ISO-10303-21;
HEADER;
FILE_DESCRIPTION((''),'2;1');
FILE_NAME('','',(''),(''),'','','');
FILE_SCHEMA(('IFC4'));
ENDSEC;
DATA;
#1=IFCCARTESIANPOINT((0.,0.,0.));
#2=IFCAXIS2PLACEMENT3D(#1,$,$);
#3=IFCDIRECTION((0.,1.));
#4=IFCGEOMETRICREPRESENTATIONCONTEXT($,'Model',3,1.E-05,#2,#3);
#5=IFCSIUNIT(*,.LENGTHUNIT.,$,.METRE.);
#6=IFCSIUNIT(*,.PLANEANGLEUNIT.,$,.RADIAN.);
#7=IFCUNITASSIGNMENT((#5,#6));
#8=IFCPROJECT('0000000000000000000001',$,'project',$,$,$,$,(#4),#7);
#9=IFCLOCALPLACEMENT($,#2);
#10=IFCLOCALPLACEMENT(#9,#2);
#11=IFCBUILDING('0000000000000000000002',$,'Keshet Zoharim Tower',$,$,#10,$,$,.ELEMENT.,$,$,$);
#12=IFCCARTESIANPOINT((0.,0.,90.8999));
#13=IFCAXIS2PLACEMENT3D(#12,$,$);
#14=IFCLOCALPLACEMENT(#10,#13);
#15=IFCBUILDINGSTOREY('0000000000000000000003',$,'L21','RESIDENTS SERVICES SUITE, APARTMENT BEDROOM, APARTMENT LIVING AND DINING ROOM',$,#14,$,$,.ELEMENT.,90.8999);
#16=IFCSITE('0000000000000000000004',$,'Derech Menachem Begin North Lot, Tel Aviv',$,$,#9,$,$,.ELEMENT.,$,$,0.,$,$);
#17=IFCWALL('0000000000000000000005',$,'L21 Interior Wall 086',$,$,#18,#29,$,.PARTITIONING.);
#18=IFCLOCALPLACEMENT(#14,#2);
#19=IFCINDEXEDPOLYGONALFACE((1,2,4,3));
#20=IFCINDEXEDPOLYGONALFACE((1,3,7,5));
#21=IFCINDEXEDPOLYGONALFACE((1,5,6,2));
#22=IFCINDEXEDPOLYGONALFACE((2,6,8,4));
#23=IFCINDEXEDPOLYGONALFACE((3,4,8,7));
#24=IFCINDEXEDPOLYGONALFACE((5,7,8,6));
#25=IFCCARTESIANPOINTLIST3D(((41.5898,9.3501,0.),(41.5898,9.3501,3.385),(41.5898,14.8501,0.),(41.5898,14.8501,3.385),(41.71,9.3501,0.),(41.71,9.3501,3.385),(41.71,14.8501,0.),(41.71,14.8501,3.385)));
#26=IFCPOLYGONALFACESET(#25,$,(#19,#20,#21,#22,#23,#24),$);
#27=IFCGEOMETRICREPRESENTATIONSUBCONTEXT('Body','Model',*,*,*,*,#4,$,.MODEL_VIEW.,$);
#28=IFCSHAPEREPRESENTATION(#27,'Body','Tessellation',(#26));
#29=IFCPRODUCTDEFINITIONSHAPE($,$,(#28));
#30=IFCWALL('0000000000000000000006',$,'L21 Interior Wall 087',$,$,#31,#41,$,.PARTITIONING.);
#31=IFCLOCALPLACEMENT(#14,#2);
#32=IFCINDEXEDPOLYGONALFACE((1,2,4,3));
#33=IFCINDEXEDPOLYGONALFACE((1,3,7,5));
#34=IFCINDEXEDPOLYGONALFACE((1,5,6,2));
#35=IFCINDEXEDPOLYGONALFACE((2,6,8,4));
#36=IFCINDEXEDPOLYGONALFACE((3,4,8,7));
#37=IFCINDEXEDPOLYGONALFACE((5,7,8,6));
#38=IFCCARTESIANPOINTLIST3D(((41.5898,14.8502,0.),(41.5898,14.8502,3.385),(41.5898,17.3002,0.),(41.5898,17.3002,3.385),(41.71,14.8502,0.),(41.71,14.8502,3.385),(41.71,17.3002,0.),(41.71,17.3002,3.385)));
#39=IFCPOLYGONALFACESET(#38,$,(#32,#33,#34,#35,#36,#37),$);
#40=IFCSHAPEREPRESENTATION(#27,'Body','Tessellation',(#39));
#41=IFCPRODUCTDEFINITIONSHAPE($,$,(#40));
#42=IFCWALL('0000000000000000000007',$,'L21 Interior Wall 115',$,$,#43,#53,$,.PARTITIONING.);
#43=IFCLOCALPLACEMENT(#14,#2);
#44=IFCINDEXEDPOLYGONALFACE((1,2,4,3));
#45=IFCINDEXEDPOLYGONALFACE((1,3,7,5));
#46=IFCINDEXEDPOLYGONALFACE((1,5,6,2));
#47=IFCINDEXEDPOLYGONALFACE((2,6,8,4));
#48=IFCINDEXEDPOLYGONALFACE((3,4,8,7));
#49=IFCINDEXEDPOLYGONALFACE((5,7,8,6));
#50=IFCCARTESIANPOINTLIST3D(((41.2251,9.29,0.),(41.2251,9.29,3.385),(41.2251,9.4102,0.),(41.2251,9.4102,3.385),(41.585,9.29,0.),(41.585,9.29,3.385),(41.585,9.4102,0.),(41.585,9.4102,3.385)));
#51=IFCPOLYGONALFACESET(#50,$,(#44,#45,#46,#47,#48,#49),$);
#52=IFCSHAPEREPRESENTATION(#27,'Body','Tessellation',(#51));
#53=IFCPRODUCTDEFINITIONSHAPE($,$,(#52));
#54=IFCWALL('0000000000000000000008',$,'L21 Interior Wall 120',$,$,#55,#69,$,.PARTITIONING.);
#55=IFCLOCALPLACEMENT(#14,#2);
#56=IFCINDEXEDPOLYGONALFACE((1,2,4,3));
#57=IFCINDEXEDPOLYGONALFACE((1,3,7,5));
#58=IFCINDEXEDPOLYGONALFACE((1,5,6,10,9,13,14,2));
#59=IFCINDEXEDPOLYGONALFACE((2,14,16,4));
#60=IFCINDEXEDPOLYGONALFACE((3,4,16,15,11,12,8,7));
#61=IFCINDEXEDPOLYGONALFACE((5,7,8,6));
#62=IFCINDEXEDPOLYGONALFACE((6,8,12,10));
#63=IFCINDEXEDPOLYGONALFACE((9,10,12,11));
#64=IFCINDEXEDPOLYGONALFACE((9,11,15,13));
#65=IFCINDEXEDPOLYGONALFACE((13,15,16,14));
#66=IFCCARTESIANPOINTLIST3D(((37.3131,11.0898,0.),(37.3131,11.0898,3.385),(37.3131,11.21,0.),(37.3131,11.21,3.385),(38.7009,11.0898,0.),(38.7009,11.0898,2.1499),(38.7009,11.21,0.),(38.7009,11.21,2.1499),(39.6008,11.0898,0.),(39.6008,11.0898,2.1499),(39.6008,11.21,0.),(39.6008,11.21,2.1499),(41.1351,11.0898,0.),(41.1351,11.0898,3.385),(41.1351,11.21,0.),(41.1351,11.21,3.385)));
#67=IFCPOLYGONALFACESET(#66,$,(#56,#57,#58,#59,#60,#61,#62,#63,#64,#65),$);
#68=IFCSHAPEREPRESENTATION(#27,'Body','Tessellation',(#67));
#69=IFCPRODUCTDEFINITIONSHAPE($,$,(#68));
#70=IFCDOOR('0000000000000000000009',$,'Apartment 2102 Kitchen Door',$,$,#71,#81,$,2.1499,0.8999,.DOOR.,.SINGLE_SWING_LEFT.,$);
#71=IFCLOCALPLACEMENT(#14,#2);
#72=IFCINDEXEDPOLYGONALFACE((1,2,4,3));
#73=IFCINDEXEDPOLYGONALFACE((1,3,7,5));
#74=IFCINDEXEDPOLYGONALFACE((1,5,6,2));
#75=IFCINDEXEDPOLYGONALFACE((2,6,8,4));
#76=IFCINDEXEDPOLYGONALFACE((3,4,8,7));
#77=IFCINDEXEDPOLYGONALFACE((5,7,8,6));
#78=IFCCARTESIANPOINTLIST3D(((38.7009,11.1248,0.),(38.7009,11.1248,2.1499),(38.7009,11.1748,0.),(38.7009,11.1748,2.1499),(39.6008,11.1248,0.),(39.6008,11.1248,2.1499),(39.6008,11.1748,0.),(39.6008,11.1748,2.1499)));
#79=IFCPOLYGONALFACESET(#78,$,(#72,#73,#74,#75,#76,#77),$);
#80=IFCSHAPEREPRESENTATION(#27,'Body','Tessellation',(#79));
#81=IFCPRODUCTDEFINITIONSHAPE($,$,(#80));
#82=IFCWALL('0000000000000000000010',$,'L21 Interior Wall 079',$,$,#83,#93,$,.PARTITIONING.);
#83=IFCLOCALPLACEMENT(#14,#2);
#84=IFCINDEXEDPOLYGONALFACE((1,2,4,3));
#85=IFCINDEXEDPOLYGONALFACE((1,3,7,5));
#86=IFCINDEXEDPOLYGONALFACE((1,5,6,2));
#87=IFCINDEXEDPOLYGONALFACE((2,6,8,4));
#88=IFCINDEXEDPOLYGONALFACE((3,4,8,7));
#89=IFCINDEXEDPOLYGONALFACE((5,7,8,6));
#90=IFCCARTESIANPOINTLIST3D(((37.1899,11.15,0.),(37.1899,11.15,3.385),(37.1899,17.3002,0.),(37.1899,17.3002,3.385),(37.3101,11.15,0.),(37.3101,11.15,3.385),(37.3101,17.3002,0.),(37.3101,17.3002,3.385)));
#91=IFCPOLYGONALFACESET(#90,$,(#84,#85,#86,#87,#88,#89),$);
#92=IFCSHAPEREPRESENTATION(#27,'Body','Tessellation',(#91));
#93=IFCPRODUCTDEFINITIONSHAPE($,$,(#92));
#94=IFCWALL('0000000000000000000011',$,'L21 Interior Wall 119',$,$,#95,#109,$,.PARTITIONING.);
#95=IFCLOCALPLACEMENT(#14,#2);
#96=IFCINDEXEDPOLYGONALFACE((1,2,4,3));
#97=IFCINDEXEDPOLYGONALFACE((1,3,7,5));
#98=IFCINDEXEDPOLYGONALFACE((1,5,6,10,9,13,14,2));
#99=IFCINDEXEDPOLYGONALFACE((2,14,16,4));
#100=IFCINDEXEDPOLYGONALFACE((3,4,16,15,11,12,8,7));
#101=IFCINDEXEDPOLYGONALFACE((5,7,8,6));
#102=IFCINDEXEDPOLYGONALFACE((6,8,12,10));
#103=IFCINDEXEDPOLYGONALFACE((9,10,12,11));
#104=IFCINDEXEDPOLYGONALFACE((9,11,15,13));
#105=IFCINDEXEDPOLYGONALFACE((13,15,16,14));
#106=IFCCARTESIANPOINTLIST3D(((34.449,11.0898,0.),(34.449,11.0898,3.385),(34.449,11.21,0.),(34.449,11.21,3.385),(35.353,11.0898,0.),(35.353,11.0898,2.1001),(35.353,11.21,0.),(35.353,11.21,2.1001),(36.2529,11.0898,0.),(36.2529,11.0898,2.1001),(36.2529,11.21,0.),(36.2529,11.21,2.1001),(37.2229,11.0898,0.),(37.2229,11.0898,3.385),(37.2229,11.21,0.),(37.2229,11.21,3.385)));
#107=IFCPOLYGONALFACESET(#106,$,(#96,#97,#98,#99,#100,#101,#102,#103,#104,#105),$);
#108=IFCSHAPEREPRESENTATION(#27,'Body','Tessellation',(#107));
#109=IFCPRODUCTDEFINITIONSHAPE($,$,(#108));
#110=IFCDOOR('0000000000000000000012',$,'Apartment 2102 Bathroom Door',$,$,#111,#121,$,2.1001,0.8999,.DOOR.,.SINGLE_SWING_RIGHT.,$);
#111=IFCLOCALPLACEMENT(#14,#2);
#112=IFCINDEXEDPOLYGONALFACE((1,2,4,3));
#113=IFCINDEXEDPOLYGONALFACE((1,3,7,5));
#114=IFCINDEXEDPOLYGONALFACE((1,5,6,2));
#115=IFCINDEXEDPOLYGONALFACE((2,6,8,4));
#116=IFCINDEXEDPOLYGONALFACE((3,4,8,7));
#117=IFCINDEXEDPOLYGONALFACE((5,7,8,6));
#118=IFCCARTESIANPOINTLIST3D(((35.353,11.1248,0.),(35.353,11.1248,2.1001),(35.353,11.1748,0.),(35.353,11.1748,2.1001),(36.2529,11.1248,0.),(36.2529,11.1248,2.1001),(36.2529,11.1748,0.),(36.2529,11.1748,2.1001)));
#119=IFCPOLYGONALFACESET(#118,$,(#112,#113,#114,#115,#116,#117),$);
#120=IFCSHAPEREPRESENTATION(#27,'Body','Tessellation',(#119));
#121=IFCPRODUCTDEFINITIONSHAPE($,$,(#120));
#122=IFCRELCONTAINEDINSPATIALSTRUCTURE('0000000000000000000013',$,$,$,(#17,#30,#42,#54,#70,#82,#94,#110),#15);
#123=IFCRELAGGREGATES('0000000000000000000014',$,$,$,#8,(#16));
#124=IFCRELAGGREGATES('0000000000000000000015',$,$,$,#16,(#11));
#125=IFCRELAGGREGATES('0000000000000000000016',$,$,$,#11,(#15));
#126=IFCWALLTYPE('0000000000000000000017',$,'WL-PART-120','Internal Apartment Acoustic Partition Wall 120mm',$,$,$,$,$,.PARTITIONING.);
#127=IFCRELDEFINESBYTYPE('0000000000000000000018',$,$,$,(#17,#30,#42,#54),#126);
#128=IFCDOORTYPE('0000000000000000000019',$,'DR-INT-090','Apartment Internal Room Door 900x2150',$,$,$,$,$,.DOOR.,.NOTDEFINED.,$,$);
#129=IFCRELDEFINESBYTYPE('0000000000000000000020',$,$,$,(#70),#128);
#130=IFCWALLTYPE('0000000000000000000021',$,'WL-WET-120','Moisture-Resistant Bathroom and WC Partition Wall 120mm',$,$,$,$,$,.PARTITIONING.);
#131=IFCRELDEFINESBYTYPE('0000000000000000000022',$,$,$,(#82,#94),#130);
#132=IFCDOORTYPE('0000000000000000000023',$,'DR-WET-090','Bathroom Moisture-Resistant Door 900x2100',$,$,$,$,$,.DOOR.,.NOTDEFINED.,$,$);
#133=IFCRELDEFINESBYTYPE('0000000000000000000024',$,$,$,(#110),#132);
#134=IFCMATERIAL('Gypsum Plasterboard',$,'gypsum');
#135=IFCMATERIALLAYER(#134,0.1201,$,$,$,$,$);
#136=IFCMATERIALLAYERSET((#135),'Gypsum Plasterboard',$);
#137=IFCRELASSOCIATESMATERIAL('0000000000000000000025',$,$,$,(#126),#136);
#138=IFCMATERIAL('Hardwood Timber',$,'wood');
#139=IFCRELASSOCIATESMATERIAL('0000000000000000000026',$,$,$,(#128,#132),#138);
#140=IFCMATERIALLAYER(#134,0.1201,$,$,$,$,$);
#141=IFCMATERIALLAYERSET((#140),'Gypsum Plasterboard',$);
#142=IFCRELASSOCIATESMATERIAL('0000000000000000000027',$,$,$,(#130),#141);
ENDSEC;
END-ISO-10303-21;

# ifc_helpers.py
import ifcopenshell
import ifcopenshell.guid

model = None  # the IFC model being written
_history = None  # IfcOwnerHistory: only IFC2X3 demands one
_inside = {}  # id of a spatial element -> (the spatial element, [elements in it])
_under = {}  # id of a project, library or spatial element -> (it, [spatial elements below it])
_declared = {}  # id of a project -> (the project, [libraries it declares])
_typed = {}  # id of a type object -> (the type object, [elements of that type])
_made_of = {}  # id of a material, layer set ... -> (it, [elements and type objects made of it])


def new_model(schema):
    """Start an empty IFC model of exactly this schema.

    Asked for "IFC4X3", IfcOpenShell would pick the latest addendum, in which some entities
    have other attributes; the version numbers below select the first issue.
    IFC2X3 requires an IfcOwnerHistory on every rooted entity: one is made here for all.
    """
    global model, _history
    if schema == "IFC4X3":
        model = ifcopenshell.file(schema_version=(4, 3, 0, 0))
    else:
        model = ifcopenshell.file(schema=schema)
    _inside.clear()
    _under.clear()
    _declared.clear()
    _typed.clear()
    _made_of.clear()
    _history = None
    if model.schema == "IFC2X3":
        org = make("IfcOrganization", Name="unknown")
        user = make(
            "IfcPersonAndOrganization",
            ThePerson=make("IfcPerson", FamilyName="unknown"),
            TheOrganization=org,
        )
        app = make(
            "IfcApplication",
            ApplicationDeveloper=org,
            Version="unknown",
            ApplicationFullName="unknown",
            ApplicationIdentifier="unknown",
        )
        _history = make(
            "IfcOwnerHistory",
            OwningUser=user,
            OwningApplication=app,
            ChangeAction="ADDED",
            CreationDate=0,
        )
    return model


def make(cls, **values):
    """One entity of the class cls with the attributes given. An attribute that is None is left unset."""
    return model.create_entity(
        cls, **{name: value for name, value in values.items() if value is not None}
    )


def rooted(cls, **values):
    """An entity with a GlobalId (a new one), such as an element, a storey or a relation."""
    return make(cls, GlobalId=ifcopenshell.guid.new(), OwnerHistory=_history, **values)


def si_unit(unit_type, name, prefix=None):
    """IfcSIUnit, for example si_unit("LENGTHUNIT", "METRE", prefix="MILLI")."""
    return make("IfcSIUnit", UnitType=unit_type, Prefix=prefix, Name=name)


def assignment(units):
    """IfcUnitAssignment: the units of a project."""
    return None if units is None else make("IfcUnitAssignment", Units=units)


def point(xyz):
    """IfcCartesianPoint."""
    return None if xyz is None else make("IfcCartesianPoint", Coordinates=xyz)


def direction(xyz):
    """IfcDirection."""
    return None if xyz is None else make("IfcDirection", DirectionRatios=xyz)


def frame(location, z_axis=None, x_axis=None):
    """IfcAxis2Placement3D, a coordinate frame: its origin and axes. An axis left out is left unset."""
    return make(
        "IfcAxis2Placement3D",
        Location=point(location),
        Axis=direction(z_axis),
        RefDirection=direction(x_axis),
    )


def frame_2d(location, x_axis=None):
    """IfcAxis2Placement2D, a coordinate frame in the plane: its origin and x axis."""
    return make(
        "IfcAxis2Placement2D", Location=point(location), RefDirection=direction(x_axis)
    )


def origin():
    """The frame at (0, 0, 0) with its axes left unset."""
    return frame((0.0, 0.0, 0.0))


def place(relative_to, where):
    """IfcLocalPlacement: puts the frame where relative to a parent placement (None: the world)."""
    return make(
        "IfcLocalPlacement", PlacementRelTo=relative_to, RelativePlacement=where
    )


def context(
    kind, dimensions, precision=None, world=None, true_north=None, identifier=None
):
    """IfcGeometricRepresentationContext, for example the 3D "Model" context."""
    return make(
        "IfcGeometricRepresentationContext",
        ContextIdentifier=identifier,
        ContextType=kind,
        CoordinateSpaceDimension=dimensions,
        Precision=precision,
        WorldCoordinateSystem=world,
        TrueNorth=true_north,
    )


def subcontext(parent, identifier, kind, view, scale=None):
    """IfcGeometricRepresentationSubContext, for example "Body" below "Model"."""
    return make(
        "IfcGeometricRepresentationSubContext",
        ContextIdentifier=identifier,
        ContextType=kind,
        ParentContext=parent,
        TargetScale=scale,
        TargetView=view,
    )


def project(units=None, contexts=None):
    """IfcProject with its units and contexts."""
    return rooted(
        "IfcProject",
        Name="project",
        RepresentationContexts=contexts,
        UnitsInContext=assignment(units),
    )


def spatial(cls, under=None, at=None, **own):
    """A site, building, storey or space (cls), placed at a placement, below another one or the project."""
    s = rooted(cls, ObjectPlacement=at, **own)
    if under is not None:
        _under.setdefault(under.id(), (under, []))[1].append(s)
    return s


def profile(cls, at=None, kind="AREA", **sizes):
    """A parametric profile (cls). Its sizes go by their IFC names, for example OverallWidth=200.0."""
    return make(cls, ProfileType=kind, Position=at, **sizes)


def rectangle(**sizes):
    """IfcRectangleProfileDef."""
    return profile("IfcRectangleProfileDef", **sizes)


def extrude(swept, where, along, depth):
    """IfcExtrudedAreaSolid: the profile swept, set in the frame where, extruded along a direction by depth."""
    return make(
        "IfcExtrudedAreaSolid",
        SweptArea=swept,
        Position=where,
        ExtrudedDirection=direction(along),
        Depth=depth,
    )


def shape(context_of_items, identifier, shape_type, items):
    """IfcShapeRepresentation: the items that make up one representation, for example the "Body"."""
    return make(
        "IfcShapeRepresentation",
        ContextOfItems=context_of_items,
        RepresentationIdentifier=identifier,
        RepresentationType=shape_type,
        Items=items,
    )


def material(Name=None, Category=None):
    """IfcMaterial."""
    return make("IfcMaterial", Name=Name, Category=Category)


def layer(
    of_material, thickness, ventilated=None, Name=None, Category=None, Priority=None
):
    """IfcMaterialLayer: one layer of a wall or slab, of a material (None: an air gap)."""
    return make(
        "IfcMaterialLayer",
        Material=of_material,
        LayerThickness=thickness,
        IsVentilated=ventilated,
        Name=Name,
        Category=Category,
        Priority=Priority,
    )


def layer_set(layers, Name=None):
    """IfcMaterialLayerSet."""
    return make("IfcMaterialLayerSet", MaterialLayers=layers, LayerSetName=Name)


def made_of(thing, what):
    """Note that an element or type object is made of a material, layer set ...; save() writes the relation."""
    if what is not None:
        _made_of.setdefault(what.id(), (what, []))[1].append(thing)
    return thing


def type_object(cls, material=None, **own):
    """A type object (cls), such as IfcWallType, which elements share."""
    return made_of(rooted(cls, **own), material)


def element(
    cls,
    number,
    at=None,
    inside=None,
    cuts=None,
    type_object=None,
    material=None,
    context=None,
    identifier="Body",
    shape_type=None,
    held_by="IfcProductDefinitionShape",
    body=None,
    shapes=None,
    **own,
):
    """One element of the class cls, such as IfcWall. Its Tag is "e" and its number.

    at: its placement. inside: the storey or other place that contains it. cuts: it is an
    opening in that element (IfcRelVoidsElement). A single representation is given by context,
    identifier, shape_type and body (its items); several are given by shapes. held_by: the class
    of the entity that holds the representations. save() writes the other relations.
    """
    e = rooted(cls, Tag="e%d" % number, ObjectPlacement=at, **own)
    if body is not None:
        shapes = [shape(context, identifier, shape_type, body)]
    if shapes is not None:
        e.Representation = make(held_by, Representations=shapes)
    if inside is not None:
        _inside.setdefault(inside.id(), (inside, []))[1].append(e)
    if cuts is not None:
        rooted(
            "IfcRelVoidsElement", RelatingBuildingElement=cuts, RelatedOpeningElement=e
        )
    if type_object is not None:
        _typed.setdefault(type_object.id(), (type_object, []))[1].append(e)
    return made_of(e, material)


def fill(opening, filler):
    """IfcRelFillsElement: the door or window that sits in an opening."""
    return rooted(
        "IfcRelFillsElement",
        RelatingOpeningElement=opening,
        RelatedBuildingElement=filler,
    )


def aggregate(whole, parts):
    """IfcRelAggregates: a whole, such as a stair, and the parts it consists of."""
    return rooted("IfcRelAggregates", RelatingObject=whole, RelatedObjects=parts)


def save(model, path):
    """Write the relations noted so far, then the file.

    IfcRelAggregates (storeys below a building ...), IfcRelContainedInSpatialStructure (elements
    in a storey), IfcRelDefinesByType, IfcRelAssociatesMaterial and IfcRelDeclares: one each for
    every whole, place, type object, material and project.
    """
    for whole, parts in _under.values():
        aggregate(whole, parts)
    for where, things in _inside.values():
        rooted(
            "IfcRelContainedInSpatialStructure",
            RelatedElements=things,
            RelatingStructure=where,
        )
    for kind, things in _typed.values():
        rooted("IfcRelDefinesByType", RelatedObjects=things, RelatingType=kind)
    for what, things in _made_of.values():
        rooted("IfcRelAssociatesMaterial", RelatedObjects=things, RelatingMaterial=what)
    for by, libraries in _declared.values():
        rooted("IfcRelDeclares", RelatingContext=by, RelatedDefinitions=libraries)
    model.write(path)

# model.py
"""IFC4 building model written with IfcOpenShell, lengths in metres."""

from ifc_helpers import new_model, si_unit, direction, frame, frame_2d, origin, place, context, subcontext, project, spatial, rectangle, extrude, material, layer, layer_set, type_object, element, fill, save


model = new_model("IFC4")

# Units and contexts
model_context = context("Model", 3, precision=1e-05, world=origin(), true_north=direction((0.0, 1.0)))
body_context = subcontext(model_context, "Body", "Model", "MODEL_VIEW")
ifc_project = project(units=[si_unit("LENGTHUNIT", "METRE"), si_unit("PLANEANGLEUNIT", "RADIAN")], contexts=[model_context])

# Site, building, storey
site_placement = place(None, origin())
site = spatial("IfcSite", under=ifc_project, at=site_placement, Name="Derech Menachem Begin North Lot, Tel Aviv", CompositionType="ELEMENT", RefElevation=0.0)
building_placement = place(site_placement, origin())
building = spatial("IfcBuilding", under=site, at=building_placement, Name="Keshet Zoharim Tower", CompositionType="ELEMENT")
storey_placement = place(building_placement, frame((0.0, 0.0, 90.8999)))
storey = spatial("IfcBuildingStorey", under=building, at=storey_placement, Name="L21", Description="RESIDENTS SERVICES SUITE, APARTMENT BEDROOM, APARTMENT LIVING AND DINING ROOM", CompositionType="ELEMENT", Elevation=90.8999)

# Shared definitions
ifc_material_1 = material(Name="Gypsum Plasterboard", Category="gypsum")

# Shared definitions
ifc_material_2 = material(Name="Hardwood Timber", Category="wood")

# Walls
ifc_layer_1 = layer(ifc_material_1, 0.1201)
ifc_layer_set_1 = layer_set([ifc_layer_1], Name="Gypsum Plasterboard")
wall_type_1 = type_object("IfcWallType", Name="WL-PART-120", Description="Internal Apartment Acoustic Partition Wall 120mm", PredefinedType="PARTITIONING", material=ifc_layer_set_1)
wall_1_placement = place(storey_placement, frame((41.6499, 9.3501, 0.0), z_axis=(0.0, 0.0, 1.0), x_axis=(0.0, 1.0, 0.0)))
element("IfcWall", 1, at=wall_1_placement, inside=storey, type_object=wall_type_1, Name="L21 Interior Wall 086", PredefinedType="PARTITIONING", context=body_context, shape_type="SweptSolid", body=[
    extrude(rectangle(XDim=5.5, YDim=0.1201, at=frame_2d((2.75, 0.0))), origin(), (0.0, 0.0, 1.0), 3.385),
])
wall_2_placement = place(storey_placement, frame((41.6499, 14.8501, 0.0), z_axis=(0.0, 0.0, 1.0), x_axis=(0.0, 1.0, 0.0)))
element("IfcWall", 2, at=wall_2_placement, inside=storey, type_object=wall_type_1, Name="L21 Interior Wall 087", PredefinedType="PARTITIONING", context=body_context, shape_type="SweptSolid", body=[
    extrude(rectangle(XDim=2.45, YDim=0.1201, at=frame_2d((1.2251, 0.0))), origin(), (0.0, 0.0, 1.0), 3.385),
])
wall_3_placement = place(storey_placement, frame((41.2251, 9.3501, 0.0), z_axis=(0.0, 0.0, 1.0), x_axis=(1.0, 0.0, 0.0)))
element("IfcWall", 3, at=wall_3_placement, inside=storey, type_object=wall_type_1, Name="L21 Interior Wall 115", PredefinedType="PARTITIONING", context=body_context, shape_type="SweptSolid", body=[
    extrude(rectangle(XDim=0.3599, YDim=0.1201, at=frame_2d((0.1799, 0.0))), origin(), (0.0, 0.0, 1.0), 3.385),
])

# Wall, opening, door
wall_4_placement = place(storey_placement, frame((37.313, 11.1499, 0.0), z_axis=(0.0, 0.0, 1.0), x_axis=(1.0, 0.0, 0.0)))
wall_4 = element("IfcWall", 4, at=wall_4_placement, inside=storey, type_object=wall_type_1, Name="L21 Interior Wall 120", PredefinedType="PARTITIONING", context=body_context, shape_type="SweptSolid", body=[
    extrude(rectangle(XDim=3.822, YDim=0.1201, at=frame_2d((1.9111, 0.0))), origin(), (0.0, 0.0, 1.0), 3.385),
])
opening_1_placement = place(wall_4_placement, frame((1.3879, 0.0, 0.0)))
opening_1 = element("IfcOpeningElement", 5, at=opening_1_placement, cuts=wall_4, PredefinedType="OPENING", context=body_context, shape_type="SweptSolid", body=[
    extrude(rectangle(XDim=0.8999, YDim=2.1499, at=frame_2d((0.45, 1.075))), frame((0.0, 0.0701, 0.0), z_axis=(0.0, -1.0, 0.0), x_axis=(1.0, 0.0, 0.0)), (0.0, 0.0, 1.0), 0.1401),
])
door_type_1 = type_object("IfcDoorType", Name="DR-INT-090", Description="Apartment Internal Room Door 900x2150", OperationType="NOTDEFINED", PredefinedType="DOOR", material=ifc_material_2)
door_1_placement = place(opening_1_placement, origin())
door_1 = element("IfcDoor", 6, at=door_1_placement, inside=storey, type_object=door_type_1, Name="Apartment 2102 Kitchen Door", OperationType="SINGLE_SWING_LEFT", OverallHeight=2.1499, OverallWidth=0.8999, PredefinedType="DOOR", context=body_context, shape_type="SweptSolid", body=[
    extrude(rectangle(XDim=0.8999, YDim=2.1499, at=frame_2d((0.45, 1.075))), frame((0.0, 0.0249, 0.0), z_axis=(0.0, -1.0, 0.0), x_axis=(1.0, 0.0, 0.0)), (0.0, 0.0, 1.0), 0.05),
])
fill(opening_1, door_1)

# Wall
ifc_layer_2 = layer(ifc_material_1, 0.1201)
ifc_layer_set_2 = layer_set([ifc_layer_2], Name="Gypsum Plasterboard")
wall_type_2 = type_object("IfcWallType", Name="WL-WET-120", Description="Moisture-Resistant Bathroom and WC Partition Wall 120mm", PredefinedType="PARTITIONING", material=ifc_layer_set_2)
wall_5_placement = place(storey_placement, frame((37.25, 11.1499, 0.0), z_axis=(0.0, 0.0, 1.0), x_axis=(0.0, 1.0, 0.0)))
element("IfcWall", 7, at=wall_5_placement, inside=storey, type_object=wall_type_2, Name="L21 Interior Wall 079", PredefinedType="PARTITIONING", context=body_context, shape_type="SweptSolid", body=[
    extrude(rectangle(XDim=6.1501, YDim=0.1201, at=frame_2d((3.0752, 0.0))), origin(), (0.0, 0.0, 1.0), 3.385),
])

# Wall, opening, door
wall_6_placement = place(storey_placement, frame((34.449, 11.1499, 0.0), z_axis=(0.0, 0.0, 1.0), x_axis=(1.0, 0.0, 0.0)))
wall_6 = element("IfcWall", 8, at=wall_6_placement, inside=storey, type_object=wall_type_2, Name="L21 Interior Wall 119", PredefinedType="PARTITIONING", context=body_context, shape_type="SweptSolid", body=[
    extrude(rectangle(XDim=2.7739, YDim=0.1201, at=frame_2d((1.387, 0.0))), origin(), (0.0, 0.0, 1.0), 3.385),
])
opening_2_placement = place(wall_6_placement, frame((0.9041, 0.0, 0.0)))
opening_2 = element("IfcOpeningElement", 9, at=opening_2_placement, cuts=wall_6, PredefinedType="OPENING", context=body_context, shape_type="SweptSolid", body=[
    extrude(rectangle(XDim=0.8999, YDim=2.1001, at=frame_2d((0.45, 1.05))), frame((0.0, 0.0701, 0.0), z_axis=(0.0, -1.0, 0.0), x_axis=(1.0, 0.0, 0.0)), (0.0, 0.0, 1.0), 0.1401),
])
door_type_2 = type_object("IfcDoorType", Name="DR-WET-090", Description="Bathroom Moisture-Resistant Door 900x2100", OperationType="NOTDEFINED", PredefinedType="DOOR", material=ifc_material_2)
door_2_placement = place(opening_2_placement, origin())
door_2 = element("IfcDoor", 10, at=door_2_placement, inside=storey, type_object=door_type_2, Name="Apartment 2102 Bathroom Door", OperationType="SINGLE_SWING_RIGHT", OverallHeight=2.1001, OverallWidth=0.8999, PredefinedType="DOOR", context=body_context, shape_type="SweptSolid", body=[
    extrude(rectangle(XDim=0.8999, YDim=2.1001, at=frame_2d((0.45, 1.05))), frame((0.0, 0.0249, 0.0), z_axis=(0.0, -1.0, 0.0), x_axis=(1.0, 0.0, 0.0)), (0.0, 0.0, 1.0), 0.05),
])
fill(opening_2, door_2)

save(model, "model.ifc")
